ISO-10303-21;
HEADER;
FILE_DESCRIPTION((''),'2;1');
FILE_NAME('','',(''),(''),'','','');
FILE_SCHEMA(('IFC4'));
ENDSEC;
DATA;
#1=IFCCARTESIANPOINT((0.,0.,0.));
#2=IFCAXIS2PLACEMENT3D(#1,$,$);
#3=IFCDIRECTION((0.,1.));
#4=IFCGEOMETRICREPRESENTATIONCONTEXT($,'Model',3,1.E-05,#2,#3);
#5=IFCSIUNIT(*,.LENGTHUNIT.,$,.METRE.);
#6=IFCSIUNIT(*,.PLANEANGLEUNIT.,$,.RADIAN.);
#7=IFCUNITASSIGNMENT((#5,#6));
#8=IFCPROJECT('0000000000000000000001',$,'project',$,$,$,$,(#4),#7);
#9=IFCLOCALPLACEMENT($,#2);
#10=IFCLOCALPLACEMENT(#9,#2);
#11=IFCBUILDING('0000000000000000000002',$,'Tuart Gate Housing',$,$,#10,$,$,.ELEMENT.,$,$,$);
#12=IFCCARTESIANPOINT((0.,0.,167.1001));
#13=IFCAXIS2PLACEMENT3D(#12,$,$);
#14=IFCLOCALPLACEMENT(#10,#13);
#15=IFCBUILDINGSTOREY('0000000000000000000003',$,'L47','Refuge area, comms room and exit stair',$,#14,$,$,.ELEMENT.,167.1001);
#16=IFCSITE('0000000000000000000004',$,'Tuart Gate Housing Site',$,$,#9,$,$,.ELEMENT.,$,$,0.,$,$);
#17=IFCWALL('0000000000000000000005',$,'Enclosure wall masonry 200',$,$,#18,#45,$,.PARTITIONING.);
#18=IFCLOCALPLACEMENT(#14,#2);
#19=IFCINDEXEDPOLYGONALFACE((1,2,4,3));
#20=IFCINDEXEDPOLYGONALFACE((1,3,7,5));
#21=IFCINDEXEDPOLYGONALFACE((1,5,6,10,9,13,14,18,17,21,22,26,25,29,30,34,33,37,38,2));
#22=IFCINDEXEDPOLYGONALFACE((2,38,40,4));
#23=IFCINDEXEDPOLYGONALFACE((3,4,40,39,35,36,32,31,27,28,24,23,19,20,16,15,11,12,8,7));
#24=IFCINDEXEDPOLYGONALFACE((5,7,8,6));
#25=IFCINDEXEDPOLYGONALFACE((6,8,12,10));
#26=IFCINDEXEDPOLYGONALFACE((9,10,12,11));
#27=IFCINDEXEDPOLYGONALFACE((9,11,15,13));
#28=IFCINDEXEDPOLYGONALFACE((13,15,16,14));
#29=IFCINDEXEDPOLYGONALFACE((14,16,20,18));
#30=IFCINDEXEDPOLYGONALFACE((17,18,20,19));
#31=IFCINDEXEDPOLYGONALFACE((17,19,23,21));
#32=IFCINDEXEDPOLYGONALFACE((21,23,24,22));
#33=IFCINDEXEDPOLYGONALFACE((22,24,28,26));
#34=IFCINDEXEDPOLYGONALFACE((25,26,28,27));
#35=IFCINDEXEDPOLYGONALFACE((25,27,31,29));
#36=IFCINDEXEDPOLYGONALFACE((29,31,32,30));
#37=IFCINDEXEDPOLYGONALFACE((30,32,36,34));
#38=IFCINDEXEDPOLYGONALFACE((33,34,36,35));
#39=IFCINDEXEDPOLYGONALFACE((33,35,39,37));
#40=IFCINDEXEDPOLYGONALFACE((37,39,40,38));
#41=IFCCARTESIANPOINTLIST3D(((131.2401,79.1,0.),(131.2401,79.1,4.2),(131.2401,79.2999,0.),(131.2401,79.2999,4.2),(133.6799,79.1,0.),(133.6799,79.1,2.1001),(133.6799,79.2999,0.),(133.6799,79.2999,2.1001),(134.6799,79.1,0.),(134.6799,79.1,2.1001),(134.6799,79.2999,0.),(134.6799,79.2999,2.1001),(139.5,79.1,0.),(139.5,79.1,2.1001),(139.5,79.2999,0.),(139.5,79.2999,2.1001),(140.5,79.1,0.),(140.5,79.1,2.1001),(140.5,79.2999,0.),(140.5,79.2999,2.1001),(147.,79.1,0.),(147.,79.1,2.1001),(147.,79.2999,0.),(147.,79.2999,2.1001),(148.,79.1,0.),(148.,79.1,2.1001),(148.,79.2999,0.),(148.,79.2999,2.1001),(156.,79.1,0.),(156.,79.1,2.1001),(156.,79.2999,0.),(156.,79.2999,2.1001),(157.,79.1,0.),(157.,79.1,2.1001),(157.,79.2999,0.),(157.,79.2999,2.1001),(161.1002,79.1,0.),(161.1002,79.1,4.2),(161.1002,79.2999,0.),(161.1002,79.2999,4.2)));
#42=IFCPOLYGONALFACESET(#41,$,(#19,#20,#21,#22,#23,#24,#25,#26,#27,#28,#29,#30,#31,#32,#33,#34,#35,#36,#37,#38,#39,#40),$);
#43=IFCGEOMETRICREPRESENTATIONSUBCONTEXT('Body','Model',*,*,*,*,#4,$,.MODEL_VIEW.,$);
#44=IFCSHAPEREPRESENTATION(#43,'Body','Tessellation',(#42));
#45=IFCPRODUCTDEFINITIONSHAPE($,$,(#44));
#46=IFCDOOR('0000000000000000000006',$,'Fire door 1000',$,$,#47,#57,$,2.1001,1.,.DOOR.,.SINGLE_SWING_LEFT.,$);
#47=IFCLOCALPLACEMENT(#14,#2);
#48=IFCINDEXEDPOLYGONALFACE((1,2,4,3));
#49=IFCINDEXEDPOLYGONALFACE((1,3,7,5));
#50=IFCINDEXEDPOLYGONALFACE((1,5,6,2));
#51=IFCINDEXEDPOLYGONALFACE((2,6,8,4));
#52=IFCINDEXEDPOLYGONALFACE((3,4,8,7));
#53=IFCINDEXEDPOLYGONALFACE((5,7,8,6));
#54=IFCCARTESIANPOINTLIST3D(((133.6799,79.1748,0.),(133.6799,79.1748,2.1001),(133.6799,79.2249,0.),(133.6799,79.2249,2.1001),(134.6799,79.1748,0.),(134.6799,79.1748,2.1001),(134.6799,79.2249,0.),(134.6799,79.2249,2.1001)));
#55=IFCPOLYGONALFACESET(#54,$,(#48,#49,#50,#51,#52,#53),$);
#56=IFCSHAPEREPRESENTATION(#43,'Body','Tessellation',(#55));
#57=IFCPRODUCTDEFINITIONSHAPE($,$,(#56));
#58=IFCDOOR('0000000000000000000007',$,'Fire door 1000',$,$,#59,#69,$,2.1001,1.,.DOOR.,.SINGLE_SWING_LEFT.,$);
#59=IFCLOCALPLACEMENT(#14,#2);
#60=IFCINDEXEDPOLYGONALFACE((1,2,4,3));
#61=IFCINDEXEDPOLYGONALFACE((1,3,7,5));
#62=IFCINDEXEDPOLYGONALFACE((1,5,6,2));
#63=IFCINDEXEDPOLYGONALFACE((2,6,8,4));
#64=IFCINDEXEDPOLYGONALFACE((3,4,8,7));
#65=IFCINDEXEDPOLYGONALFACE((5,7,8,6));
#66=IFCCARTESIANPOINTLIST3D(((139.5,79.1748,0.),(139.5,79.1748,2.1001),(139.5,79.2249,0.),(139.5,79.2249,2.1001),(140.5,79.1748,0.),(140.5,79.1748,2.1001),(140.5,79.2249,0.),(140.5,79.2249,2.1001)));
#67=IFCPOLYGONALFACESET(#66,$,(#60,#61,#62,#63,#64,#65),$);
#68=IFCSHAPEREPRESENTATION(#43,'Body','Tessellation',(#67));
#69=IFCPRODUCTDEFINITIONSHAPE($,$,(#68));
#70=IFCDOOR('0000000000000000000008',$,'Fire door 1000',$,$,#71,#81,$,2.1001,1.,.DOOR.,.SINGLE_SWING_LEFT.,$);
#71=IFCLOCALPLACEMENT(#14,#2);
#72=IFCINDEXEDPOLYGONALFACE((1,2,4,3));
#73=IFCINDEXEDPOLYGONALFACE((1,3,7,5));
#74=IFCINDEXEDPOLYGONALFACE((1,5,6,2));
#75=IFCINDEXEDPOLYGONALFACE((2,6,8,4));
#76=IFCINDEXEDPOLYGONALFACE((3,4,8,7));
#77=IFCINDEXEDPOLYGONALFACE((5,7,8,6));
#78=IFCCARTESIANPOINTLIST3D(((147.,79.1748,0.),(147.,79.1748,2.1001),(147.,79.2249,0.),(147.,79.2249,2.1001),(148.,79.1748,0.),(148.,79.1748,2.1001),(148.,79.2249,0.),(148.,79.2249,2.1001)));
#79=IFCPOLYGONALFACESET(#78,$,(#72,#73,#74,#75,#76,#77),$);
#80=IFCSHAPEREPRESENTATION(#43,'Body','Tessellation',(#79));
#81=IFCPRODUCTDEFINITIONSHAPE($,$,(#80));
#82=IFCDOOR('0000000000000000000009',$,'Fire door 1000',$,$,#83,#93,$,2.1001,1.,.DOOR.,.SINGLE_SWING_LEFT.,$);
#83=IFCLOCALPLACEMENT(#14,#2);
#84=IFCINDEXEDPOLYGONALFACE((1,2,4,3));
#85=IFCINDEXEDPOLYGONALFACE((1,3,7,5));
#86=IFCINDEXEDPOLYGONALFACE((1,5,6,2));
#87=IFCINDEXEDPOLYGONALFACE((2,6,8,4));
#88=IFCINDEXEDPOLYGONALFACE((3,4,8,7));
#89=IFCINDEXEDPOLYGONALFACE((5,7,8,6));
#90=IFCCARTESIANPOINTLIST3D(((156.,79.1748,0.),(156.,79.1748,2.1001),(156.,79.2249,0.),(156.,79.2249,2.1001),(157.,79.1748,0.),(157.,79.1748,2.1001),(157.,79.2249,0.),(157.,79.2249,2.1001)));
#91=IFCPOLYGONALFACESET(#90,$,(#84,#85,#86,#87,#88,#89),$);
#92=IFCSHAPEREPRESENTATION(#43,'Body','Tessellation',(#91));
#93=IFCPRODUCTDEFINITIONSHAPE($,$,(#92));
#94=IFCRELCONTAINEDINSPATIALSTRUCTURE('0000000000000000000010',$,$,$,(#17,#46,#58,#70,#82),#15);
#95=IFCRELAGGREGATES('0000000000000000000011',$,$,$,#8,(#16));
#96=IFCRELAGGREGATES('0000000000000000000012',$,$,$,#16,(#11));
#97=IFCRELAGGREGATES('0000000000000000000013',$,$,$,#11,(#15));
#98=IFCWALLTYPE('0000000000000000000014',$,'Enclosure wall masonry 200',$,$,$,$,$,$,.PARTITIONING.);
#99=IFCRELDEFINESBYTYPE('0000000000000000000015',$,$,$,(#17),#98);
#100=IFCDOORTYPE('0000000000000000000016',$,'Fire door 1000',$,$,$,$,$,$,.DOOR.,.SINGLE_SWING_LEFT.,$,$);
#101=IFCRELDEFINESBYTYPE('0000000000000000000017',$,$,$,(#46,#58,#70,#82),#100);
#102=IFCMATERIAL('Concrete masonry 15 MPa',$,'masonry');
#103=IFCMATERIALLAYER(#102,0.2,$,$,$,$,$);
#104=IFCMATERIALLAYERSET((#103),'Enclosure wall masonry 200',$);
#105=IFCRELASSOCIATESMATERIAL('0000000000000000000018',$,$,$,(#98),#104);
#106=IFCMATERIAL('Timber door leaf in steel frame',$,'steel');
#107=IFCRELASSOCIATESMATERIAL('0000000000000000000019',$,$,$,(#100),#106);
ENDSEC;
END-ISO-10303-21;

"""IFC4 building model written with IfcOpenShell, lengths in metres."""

from ifc_helpers import new_model, si_unit, direction, frame, frame_2d, origin, place, context, subcontext, project, spatial, rectangle, extrude, material, layer, layer_set, type_object, element, fill, save


model = new_model("IFC4")

# Units and contexts
model_context = context("Model", 3, precision=1e-05, world=origin(), true_north=direction((0.0, 1.0)))
body_context = subcontext(model_context, "Body", "Model", "MODEL_VIEW")
ifc_project = project(units=[si_unit("LENGTHUNIT", "METRE"), si_unit("PLANEANGLEUNIT", "RADIAN")], contexts=[model_context])

# Site, building, storey
site_placement = place(None, origin())
site = spatial("IfcSite", under=ifc_project, at=site_placement, Name="Tuart Gate Housing Site", CompositionType="ELEMENT", RefElevation=0.0)
building_placement = place(site_placement, origin())
building = spatial("IfcBuilding", under=site, at=building_placement, Name="Tuart Gate Housing", CompositionType="ELEMENT")
storey_placement = place(building_placement, frame((0.0, 0.0, 167.1001)))
storey = spatial("IfcBuildingStorey", under=building, at=storey_placement, Name="L47", Description="Refuge area, comms room and exit stair", CompositionType="ELEMENT", Elevation=167.1001)

# Wall, openings, doors
ifc_material_1 = material(Name="Concrete masonry 15 MPa", Category="masonry")
ifc_layer_1 = layer(ifc_material_1, 0.2)
ifc_layer_set_1 = layer_set([ifc_layer_1], Name="Enclosure wall masonry 200")
wall_type_1 = type_object("IfcWallType", Name="Enclosure wall masonry 200", PredefinedType="PARTITIONING", material=ifc_layer_set_1)
wall_1_placement = place(storey_placement, frame((131.24, 79.2, 0.0), z_axis=(0.0, 0.0, 1.0), x_axis=(1.0, 0.0, 0.0)))
wall_1 = element("IfcWall", 1, at=wall_1_placement, inside=storey, type_object=wall_type_1, Name="Enclosure wall masonry 200", PredefinedType="PARTITIONING", context=body_context, shape_type="SweptSolid", body=[
    extrude(rectangle(XDim=29.8601, YDim=0.2, at=frame_2d((14.9302, 0.0))), origin(), (0.0, 0.0, 1.0), 4.2),
])
opening_1_placement = place(wall_1_placement, frame((2.4399, 0.0, 0.0)))
opening_1 = element("IfcOpeningElement", 2, at=opening_1_placement, cuts=wall_1, PredefinedType="OPENING", context=body_context, shape_type="SweptSolid", body=[
    extrude(rectangle(XDim=1.0, YDim=2.1001, at=frame_2d((0.5, 1.05))), frame((0.0, 0.1099, 0.0), z_axis=(0.0, -1.0, 0.0), x_axis=(1.0, 0.0, 0.0)), (0.0, 0.0, 1.0), 0.22),
])
opening_2_placement = place(wall_1_placement, frame((8.26, 0.0, 0.0)))
opening_2 = element("IfcOpeningElement", 3, at=opening_2_placement, cuts=wall_1, PredefinedType="OPENING", context=body_context, shape_type="SweptSolid", body=[
    extrude(rectangle(XDim=1.0, YDim=2.1001, at=frame_2d((0.5, 1.05))), frame((0.0, 0.1099, 0.0), z_axis=(0.0, -1.0, 0.0), x_axis=(1.0, 0.0, 0.0)), (0.0, 0.0, 1.0), 0.22),
])
opening_3_placement = place(wall_1_placement, frame((15.76, 0.0, 0.0)))
opening_3 = element("IfcOpeningElement", 4, at=opening_3_placement, cuts=wall_1, PredefinedType="OPENING", context=body_context, shape_type="SweptSolid", body=[
    extrude(rectangle(XDim=1.0, YDim=2.1001, at=frame_2d((0.5, 1.05))), frame((0.0, 0.1099, 0.0), z_axis=(0.0, -1.0, 0.0), x_axis=(1.0, 0.0, 0.0)), (0.0, 0.0, 1.0), 0.22),
])
opening_4_placement = place(wall_1_placement, frame((24.76, 0.0, 0.0)))
opening_4 = element("IfcOpeningElement", 5, at=opening_4_placement, cuts=wall_1, PredefinedType="OPENING", context=body_context, shape_type="SweptSolid", body=[
    extrude(rectangle(XDim=1.0, YDim=2.1001, at=frame_2d((0.5, 1.05))), frame((0.0, 0.1099, 0.0), z_axis=(0.0, -1.0, 0.0), x_axis=(1.0, 0.0, 0.0)), (0.0, 0.0, 1.0), 0.22),
])
ifc_material_2 = material(Name="Timber door leaf in steel frame", Category="steel")
door_type = type_object("IfcDoorType", Name="Fire door 1000", OperationType="SINGLE_SWING_LEFT", PredefinedType="DOOR", material=ifc_material_2)
door_1_placement = place(opening_1_placement, origin())
door_1 = element("IfcDoor", 6, at=door_1_placement, inside=storey, type_object=door_type, Name="Fire door 1000", OperationType="SINGLE_SWING_LEFT", OverallHeight=2.1001, OverallWidth=1.0, PredefinedType="DOOR", context=body_context, shape_type="SweptSolid", body=[
    extrude(rectangle(XDim=1.0, YDim=2.1001, at=frame_2d((0.5, 1.05))), frame((0.0, 0.0249, 0.0), z_axis=(0.0, -1.0, 0.0), x_axis=(1.0, 0.0, 0.0)), (0.0, 0.0, 1.0), 0.05),
])
fill(opening_1, door_1)
door_2_placement = place(opening_2_placement, origin())
door_2 = element("IfcDoor", 7, at=door_2_placement, inside=storey, type_object=door_type, Name="Fire door 1000", OperationType="SINGLE_SWING_LEFT", OverallHeight=2.1001, OverallWidth=1.0, PredefinedType="DOOR", context=body_context, shape_type="SweptSolid", body=[
    extrude(rectangle(XDim=1.0, YDim=2.1001, at=frame_2d((0.5, 1.05))), frame((0.0, 0.0249, 0.0), z_axis=(0.0, -1.0, 0.0), x_axis=(1.0, 0.0, 0.0)), (0.0, 0.0, 1.0), 0.05),
])
fill(opening_2, door_2)
door_3_placement = place(opening_3_placement, origin())
door_3 = element("IfcDoor", 8, at=door_3_placement, inside=storey, type_object=door_type, Name="Fire door 1000", OperationType="SINGLE_SWING_LEFT", OverallHeight=2.1001, OverallWidth=1.0, PredefinedType="DOOR", context=body_context, shape_type="SweptSolid", body=[
    extrude(rectangle(XDim=1.0, YDim=2.1001, at=frame_2d((0.5, 1.05))), frame((0.0, 0.0249, 0.0), z_axis=(0.0, -1.0, 0.0), x_axis=(1.0, 0.0, 0.0)), (0.0, 0.0, 1.0), 0.05),
])
fill(opening_3, door_3)
door_4_placement = place(opening_4_placement, origin())
door_4 = element("IfcDoor", 9, at=door_4_placement, inside=storey, type_object=door_type, Name="Fire door 1000", OperationType="SINGLE_SWING_LEFT", OverallHeight=2.1001, OverallWidth=1.0, PredefinedType="DOOR", context=body_context, shape_type="SweptSolid", body=[
    extrude(rectangle(XDim=1.0, YDim=2.1001, at=frame_2d((0.5, 1.05))), frame((0.0, 0.0249, 0.0), z_axis=(0.0, -1.0, 0.0), x_axis=(1.0, 0.0, 0.0)), (0.0, 0.0, 1.0), 0.05),
])
fill(opening_4, door_4)

save(model, "model.ifc")
